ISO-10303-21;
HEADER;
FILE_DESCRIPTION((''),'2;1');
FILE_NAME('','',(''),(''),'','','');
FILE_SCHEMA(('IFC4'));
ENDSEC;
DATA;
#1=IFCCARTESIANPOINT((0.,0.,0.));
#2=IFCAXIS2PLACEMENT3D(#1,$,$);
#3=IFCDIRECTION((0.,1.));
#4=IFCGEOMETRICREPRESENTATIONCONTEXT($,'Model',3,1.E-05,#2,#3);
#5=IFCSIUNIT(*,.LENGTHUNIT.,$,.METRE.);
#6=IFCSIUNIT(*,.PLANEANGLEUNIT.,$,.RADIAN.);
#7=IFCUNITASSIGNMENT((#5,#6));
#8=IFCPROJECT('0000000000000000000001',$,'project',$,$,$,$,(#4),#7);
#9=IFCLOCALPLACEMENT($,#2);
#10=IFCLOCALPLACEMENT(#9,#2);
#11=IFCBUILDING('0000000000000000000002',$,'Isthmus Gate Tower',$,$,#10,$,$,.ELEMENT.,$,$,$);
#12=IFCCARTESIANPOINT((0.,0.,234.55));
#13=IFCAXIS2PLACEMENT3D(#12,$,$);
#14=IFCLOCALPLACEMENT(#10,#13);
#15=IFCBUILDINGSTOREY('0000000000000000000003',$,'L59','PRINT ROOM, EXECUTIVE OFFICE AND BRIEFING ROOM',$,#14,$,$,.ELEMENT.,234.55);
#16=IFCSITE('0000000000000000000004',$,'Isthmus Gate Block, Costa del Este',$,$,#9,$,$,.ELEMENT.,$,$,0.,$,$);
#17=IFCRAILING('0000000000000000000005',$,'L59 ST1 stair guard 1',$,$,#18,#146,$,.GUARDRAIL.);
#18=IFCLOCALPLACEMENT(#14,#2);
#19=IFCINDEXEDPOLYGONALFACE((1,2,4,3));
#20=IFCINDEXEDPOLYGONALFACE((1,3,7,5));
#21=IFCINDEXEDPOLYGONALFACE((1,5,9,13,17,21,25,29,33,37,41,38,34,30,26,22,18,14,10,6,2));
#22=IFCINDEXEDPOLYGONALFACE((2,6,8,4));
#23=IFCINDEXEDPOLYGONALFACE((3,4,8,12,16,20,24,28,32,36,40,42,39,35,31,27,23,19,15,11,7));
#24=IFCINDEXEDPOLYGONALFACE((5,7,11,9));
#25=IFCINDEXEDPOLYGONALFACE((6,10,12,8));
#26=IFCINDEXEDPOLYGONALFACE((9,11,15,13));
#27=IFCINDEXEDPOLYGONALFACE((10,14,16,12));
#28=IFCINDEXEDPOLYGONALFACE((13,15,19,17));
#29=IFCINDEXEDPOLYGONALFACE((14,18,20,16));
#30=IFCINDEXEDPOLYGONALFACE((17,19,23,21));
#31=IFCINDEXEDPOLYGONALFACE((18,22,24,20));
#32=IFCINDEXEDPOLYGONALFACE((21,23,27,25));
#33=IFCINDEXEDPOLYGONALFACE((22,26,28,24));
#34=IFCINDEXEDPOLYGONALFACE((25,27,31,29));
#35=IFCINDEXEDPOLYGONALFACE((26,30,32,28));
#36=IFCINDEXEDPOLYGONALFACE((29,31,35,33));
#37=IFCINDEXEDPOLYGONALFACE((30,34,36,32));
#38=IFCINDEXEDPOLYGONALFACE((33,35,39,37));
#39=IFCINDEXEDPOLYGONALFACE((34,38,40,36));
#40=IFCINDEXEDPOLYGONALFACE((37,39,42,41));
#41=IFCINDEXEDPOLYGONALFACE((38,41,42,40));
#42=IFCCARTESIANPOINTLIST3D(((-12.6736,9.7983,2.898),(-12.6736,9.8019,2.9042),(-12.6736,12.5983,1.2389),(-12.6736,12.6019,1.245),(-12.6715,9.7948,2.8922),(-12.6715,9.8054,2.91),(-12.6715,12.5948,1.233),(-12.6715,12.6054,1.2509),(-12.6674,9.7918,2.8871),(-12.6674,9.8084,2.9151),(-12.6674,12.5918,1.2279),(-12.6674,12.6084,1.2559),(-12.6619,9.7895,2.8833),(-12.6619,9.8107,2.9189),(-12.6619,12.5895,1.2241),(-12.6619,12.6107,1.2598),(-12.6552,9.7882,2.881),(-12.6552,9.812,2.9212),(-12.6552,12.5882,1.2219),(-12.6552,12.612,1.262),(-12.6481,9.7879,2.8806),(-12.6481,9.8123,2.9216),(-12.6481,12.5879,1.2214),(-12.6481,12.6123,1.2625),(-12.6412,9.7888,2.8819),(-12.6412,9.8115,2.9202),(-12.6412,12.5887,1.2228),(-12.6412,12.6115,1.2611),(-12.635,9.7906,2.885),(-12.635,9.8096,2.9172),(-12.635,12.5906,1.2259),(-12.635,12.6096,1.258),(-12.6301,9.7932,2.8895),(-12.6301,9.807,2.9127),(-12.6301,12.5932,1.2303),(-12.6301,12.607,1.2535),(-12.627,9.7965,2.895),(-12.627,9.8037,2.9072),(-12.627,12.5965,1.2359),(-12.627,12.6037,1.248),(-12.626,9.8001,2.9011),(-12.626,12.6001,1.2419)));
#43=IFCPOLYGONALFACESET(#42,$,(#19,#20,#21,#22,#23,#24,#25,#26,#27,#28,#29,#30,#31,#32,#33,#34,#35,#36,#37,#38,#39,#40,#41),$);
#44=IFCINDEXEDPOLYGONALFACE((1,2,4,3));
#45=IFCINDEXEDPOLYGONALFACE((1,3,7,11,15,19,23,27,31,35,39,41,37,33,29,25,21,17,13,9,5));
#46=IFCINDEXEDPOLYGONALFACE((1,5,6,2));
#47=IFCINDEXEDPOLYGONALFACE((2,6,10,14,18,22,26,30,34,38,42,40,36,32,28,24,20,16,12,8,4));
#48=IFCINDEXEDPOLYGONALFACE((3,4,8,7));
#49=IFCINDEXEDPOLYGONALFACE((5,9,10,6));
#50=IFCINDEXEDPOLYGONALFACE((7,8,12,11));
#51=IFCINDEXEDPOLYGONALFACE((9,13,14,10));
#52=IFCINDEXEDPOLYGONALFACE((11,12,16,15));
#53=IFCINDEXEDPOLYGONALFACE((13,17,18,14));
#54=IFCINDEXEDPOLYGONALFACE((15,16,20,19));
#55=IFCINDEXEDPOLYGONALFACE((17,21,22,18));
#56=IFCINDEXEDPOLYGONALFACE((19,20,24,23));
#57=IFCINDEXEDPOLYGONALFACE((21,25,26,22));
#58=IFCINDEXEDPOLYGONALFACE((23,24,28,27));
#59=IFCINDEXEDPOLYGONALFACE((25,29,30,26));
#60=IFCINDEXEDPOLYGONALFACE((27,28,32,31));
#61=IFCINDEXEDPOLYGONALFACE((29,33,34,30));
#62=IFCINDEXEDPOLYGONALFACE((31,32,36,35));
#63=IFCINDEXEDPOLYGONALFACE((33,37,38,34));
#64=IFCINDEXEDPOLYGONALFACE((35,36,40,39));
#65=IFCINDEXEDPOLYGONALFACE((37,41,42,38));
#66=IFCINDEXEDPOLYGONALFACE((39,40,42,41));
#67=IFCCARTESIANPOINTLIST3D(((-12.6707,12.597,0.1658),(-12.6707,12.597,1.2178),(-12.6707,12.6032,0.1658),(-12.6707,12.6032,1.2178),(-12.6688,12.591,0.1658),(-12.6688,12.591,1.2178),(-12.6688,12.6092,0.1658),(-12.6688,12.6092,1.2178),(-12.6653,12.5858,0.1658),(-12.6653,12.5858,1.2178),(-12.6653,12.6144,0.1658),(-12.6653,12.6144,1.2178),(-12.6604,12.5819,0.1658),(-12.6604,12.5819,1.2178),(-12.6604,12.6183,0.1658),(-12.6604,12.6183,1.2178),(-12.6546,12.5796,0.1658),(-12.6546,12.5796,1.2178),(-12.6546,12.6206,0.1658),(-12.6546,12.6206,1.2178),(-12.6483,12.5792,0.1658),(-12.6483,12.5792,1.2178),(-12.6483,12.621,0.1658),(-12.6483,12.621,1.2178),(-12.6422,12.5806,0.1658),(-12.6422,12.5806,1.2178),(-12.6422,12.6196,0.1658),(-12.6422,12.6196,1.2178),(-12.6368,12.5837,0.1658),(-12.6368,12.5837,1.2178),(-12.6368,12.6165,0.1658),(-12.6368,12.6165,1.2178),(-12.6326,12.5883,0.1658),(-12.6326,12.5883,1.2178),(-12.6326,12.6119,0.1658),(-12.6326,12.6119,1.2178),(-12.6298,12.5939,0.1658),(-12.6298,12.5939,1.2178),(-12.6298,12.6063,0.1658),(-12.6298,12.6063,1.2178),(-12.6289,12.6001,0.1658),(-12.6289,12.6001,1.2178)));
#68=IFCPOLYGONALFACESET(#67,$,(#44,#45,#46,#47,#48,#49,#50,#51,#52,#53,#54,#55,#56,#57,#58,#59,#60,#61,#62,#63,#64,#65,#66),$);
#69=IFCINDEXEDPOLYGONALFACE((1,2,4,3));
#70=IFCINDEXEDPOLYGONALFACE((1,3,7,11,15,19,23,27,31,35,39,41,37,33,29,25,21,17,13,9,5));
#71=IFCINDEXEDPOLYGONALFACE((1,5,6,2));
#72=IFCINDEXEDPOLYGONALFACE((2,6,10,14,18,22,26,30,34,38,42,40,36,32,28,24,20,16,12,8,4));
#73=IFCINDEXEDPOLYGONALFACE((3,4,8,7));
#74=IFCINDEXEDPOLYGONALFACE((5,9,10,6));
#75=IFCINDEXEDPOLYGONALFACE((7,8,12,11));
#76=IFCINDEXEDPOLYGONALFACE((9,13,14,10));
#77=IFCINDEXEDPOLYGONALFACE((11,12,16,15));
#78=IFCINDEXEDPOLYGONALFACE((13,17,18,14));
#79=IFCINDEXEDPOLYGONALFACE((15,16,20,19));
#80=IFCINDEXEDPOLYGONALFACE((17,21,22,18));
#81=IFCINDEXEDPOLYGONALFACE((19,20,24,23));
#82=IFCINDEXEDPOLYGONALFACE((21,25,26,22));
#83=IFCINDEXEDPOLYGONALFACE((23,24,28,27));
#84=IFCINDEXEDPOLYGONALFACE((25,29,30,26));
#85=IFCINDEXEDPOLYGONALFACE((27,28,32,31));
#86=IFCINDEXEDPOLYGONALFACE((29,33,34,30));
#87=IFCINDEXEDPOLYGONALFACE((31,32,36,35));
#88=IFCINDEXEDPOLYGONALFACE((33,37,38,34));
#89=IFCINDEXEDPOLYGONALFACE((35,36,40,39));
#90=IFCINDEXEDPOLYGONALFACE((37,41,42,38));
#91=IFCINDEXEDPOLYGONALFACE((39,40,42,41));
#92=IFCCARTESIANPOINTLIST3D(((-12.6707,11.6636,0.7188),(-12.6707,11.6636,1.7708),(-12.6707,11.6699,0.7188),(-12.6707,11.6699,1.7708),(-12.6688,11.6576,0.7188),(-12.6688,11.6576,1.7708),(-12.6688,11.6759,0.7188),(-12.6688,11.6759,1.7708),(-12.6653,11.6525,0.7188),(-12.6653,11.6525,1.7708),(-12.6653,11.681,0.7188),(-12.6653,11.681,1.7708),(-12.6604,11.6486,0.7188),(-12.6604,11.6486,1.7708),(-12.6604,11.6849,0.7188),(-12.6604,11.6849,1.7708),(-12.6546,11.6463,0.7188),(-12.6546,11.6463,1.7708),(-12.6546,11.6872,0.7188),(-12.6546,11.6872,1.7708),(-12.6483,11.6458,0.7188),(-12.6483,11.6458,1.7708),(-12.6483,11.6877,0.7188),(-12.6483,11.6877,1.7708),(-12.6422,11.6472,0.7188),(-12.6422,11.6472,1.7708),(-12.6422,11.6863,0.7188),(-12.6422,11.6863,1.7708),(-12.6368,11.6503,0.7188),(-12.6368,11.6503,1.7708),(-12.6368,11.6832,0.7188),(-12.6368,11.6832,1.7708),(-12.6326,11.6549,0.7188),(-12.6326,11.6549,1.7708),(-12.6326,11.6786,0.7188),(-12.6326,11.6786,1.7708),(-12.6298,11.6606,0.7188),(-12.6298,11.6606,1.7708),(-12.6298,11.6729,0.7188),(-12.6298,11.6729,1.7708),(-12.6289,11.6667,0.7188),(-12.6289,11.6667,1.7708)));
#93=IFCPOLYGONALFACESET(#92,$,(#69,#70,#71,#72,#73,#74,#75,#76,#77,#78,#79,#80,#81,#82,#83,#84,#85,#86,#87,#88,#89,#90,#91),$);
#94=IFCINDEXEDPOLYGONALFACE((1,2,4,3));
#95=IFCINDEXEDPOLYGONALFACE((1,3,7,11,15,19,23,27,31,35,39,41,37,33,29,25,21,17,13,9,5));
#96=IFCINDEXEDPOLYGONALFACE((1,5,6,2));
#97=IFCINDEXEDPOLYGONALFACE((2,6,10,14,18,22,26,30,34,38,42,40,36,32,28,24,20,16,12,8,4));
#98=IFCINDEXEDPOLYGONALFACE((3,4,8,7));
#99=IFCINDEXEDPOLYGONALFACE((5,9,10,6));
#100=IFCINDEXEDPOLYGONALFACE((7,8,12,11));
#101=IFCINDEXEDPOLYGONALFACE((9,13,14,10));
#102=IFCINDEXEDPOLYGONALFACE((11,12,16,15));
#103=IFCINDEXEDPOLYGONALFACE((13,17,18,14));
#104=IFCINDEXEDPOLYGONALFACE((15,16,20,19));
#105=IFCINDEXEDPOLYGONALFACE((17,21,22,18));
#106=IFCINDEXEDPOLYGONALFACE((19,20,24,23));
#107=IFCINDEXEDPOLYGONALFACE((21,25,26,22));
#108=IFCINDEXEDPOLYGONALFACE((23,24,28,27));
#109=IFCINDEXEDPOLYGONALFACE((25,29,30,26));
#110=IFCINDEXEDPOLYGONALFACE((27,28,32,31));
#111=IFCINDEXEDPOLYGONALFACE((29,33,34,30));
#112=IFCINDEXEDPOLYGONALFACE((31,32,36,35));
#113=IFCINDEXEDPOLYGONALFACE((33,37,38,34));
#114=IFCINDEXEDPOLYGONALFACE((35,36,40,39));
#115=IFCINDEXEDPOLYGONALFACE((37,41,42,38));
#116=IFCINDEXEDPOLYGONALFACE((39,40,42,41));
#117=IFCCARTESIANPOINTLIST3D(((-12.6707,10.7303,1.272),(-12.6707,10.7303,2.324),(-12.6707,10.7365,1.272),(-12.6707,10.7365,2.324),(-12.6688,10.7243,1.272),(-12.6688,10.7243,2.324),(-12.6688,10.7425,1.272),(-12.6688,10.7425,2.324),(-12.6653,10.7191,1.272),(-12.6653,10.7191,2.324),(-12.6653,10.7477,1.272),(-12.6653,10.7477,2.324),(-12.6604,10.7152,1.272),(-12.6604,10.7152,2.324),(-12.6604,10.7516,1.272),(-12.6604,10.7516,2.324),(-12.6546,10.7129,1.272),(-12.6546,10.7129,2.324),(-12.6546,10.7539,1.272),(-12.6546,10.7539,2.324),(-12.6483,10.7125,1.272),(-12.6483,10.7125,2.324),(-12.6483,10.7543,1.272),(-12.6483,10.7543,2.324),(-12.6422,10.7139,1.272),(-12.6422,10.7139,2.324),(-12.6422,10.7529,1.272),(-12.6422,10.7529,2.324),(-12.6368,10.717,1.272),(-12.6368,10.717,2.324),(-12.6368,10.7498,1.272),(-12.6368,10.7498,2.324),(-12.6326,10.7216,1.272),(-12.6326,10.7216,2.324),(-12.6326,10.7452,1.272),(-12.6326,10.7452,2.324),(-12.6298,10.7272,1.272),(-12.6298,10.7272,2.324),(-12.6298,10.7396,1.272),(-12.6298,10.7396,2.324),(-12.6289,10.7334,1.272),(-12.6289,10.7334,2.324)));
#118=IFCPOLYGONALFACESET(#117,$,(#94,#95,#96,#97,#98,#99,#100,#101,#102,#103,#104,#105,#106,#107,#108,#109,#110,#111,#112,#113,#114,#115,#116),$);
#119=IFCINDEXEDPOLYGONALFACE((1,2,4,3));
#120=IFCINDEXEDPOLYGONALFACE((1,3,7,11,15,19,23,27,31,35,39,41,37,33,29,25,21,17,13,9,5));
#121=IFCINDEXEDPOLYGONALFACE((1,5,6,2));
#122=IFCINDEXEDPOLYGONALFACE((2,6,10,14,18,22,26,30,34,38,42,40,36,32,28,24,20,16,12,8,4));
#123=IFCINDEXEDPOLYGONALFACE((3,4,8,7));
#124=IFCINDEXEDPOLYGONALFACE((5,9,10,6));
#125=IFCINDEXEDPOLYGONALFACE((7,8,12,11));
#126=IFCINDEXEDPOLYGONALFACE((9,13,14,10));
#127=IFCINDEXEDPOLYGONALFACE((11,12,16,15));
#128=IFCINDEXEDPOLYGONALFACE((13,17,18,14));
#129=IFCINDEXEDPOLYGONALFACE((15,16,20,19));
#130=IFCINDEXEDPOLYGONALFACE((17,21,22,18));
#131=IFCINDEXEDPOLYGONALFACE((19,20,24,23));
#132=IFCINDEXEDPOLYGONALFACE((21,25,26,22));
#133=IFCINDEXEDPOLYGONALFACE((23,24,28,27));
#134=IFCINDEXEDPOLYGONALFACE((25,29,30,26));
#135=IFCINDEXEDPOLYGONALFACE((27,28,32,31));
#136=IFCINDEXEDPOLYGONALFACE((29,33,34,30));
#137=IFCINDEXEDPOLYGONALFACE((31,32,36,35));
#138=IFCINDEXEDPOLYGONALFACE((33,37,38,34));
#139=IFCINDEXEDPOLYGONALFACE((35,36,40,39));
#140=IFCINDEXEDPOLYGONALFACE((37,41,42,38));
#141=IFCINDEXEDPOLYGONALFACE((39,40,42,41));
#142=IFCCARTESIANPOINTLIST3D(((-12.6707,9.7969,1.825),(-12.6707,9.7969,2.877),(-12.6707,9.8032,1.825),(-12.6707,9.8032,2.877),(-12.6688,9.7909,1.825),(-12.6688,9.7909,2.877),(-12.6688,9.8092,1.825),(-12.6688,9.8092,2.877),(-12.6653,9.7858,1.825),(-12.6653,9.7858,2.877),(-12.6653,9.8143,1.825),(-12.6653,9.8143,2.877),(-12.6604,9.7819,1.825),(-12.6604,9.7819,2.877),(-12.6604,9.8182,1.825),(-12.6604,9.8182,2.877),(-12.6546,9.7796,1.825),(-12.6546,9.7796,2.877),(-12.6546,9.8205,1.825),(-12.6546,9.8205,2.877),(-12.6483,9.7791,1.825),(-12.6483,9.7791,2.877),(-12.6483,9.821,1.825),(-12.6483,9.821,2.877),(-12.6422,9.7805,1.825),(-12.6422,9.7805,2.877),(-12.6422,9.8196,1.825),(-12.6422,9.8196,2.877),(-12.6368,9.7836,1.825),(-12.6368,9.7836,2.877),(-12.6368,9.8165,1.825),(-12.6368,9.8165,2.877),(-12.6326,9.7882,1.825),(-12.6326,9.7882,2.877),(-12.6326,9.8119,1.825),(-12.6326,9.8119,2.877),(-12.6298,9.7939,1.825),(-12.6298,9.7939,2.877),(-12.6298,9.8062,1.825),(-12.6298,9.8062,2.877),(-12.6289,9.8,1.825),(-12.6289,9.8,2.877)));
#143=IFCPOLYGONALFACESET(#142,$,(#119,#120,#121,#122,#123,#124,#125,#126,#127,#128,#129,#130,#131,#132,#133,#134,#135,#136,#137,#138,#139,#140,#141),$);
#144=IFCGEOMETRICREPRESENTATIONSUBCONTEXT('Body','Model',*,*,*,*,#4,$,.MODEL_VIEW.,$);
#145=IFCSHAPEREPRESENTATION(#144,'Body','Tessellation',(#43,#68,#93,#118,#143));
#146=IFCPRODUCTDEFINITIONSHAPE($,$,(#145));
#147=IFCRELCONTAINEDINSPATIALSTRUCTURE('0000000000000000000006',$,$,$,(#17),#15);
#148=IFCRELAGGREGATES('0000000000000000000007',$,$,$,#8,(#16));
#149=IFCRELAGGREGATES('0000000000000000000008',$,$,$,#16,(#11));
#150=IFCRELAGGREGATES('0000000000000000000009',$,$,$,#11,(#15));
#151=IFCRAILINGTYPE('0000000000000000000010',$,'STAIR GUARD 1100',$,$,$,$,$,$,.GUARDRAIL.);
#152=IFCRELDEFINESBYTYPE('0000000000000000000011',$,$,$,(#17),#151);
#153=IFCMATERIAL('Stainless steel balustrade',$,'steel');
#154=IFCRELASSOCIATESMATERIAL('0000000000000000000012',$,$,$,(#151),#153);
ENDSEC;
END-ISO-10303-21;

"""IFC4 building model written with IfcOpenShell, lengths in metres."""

from ifc_helpers import new_model, si_unit, direction, frame, origin, origin_2d, place, context, subcontext, project, spatial, circle, extrude, material, type_object, element, save


model = new_model("IFC4")

# Units and contexts
model_context = context("Model", 3, precision=1e-05, world=origin(), true_north=direction((0.0, 1.0)))
body_context = subcontext(model_context, "Body", "Model", "MODEL_VIEW")
ifc_project = project(units=[si_unit("LENGTHUNIT", "METRE"), si_unit("PLANEANGLEUNIT", "RADIAN")], contexts=[model_context])

# Site, building, storey
site_placement = place(None, origin())
site = spatial("IfcSite", under=ifc_project, at=site_placement, Name="Isthmus Gate Block, Costa del Este", CompositionType="ELEMENT", RefElevation=0.0)
building_placement = place(site_placement, origin())
building = spatial("IfcBuilding", under=site, at=building_placement, Name="Isthmus Gate Tower", CompositionType="ELEMENT")
storey_placement = place(building_placement, frame((0.0, 0.0, 234.55)))
storey = spatial("IfcBuildingStorey", under=building, at=storey_placement, Name="L59", Description="PRINT ROOM, EXECUTIVE OFFICE AND BRIEFING ROOM", CompositionType="ELEMENT", Elevation=234.55)

# Railing
ifc_material_1 = material(Name="Stainless steel balustrade", Category="steel")
railing_type = type_object("IfcRailingType", Name="STAIR GUARD 1100", PredefinedType="GUARDRAIL", material=ifc_material_1)
railing_1_placement = place(storey_placement, frame((-12.6499, 12.6001, 0.1658)))
element("IfcRailing", 1, at=railing_1_placement, inside=storey, type_object=railing_type, Name="L59 ST1 stair guard 1", PredefinedType="GUARDRAIL", context=body_context, shape_type="SweptSolid", body=[
    extrude(circle(Radius=0.0239, at=origin_2d()), frame((0.0, 0.0, 1.0762), z_axis=(0.0, -0.860306, 0.509778), x_axis=(1.0, 0.0, 0.0)), (0.0, 0.0, 1.0), 3.2546),
    extrude(circle(Radius=0.021, at=origin_2d()), origin(), (0.0, 0.0, 1.0), 1.052),
    extrude(circle(Radius=0.021, at=origin_2d()), frame((0.0, -0.9333, 0.553)), (0.0, 0.0, 1.0), 1.052),
    extrude(circle(Radius=0.021, at=origin_2d()), frame((0.0, -1.8667, 1.1062)), (0.0, 0.0, 1.0), 1.052),
    extrude(circle(Radius=0.021, at=origin_2d()), frame((0.0, -2.8, 1.6592)), (0.0, 0.0, 1.0), 1.052),
])

save(model, "model.ifc")
